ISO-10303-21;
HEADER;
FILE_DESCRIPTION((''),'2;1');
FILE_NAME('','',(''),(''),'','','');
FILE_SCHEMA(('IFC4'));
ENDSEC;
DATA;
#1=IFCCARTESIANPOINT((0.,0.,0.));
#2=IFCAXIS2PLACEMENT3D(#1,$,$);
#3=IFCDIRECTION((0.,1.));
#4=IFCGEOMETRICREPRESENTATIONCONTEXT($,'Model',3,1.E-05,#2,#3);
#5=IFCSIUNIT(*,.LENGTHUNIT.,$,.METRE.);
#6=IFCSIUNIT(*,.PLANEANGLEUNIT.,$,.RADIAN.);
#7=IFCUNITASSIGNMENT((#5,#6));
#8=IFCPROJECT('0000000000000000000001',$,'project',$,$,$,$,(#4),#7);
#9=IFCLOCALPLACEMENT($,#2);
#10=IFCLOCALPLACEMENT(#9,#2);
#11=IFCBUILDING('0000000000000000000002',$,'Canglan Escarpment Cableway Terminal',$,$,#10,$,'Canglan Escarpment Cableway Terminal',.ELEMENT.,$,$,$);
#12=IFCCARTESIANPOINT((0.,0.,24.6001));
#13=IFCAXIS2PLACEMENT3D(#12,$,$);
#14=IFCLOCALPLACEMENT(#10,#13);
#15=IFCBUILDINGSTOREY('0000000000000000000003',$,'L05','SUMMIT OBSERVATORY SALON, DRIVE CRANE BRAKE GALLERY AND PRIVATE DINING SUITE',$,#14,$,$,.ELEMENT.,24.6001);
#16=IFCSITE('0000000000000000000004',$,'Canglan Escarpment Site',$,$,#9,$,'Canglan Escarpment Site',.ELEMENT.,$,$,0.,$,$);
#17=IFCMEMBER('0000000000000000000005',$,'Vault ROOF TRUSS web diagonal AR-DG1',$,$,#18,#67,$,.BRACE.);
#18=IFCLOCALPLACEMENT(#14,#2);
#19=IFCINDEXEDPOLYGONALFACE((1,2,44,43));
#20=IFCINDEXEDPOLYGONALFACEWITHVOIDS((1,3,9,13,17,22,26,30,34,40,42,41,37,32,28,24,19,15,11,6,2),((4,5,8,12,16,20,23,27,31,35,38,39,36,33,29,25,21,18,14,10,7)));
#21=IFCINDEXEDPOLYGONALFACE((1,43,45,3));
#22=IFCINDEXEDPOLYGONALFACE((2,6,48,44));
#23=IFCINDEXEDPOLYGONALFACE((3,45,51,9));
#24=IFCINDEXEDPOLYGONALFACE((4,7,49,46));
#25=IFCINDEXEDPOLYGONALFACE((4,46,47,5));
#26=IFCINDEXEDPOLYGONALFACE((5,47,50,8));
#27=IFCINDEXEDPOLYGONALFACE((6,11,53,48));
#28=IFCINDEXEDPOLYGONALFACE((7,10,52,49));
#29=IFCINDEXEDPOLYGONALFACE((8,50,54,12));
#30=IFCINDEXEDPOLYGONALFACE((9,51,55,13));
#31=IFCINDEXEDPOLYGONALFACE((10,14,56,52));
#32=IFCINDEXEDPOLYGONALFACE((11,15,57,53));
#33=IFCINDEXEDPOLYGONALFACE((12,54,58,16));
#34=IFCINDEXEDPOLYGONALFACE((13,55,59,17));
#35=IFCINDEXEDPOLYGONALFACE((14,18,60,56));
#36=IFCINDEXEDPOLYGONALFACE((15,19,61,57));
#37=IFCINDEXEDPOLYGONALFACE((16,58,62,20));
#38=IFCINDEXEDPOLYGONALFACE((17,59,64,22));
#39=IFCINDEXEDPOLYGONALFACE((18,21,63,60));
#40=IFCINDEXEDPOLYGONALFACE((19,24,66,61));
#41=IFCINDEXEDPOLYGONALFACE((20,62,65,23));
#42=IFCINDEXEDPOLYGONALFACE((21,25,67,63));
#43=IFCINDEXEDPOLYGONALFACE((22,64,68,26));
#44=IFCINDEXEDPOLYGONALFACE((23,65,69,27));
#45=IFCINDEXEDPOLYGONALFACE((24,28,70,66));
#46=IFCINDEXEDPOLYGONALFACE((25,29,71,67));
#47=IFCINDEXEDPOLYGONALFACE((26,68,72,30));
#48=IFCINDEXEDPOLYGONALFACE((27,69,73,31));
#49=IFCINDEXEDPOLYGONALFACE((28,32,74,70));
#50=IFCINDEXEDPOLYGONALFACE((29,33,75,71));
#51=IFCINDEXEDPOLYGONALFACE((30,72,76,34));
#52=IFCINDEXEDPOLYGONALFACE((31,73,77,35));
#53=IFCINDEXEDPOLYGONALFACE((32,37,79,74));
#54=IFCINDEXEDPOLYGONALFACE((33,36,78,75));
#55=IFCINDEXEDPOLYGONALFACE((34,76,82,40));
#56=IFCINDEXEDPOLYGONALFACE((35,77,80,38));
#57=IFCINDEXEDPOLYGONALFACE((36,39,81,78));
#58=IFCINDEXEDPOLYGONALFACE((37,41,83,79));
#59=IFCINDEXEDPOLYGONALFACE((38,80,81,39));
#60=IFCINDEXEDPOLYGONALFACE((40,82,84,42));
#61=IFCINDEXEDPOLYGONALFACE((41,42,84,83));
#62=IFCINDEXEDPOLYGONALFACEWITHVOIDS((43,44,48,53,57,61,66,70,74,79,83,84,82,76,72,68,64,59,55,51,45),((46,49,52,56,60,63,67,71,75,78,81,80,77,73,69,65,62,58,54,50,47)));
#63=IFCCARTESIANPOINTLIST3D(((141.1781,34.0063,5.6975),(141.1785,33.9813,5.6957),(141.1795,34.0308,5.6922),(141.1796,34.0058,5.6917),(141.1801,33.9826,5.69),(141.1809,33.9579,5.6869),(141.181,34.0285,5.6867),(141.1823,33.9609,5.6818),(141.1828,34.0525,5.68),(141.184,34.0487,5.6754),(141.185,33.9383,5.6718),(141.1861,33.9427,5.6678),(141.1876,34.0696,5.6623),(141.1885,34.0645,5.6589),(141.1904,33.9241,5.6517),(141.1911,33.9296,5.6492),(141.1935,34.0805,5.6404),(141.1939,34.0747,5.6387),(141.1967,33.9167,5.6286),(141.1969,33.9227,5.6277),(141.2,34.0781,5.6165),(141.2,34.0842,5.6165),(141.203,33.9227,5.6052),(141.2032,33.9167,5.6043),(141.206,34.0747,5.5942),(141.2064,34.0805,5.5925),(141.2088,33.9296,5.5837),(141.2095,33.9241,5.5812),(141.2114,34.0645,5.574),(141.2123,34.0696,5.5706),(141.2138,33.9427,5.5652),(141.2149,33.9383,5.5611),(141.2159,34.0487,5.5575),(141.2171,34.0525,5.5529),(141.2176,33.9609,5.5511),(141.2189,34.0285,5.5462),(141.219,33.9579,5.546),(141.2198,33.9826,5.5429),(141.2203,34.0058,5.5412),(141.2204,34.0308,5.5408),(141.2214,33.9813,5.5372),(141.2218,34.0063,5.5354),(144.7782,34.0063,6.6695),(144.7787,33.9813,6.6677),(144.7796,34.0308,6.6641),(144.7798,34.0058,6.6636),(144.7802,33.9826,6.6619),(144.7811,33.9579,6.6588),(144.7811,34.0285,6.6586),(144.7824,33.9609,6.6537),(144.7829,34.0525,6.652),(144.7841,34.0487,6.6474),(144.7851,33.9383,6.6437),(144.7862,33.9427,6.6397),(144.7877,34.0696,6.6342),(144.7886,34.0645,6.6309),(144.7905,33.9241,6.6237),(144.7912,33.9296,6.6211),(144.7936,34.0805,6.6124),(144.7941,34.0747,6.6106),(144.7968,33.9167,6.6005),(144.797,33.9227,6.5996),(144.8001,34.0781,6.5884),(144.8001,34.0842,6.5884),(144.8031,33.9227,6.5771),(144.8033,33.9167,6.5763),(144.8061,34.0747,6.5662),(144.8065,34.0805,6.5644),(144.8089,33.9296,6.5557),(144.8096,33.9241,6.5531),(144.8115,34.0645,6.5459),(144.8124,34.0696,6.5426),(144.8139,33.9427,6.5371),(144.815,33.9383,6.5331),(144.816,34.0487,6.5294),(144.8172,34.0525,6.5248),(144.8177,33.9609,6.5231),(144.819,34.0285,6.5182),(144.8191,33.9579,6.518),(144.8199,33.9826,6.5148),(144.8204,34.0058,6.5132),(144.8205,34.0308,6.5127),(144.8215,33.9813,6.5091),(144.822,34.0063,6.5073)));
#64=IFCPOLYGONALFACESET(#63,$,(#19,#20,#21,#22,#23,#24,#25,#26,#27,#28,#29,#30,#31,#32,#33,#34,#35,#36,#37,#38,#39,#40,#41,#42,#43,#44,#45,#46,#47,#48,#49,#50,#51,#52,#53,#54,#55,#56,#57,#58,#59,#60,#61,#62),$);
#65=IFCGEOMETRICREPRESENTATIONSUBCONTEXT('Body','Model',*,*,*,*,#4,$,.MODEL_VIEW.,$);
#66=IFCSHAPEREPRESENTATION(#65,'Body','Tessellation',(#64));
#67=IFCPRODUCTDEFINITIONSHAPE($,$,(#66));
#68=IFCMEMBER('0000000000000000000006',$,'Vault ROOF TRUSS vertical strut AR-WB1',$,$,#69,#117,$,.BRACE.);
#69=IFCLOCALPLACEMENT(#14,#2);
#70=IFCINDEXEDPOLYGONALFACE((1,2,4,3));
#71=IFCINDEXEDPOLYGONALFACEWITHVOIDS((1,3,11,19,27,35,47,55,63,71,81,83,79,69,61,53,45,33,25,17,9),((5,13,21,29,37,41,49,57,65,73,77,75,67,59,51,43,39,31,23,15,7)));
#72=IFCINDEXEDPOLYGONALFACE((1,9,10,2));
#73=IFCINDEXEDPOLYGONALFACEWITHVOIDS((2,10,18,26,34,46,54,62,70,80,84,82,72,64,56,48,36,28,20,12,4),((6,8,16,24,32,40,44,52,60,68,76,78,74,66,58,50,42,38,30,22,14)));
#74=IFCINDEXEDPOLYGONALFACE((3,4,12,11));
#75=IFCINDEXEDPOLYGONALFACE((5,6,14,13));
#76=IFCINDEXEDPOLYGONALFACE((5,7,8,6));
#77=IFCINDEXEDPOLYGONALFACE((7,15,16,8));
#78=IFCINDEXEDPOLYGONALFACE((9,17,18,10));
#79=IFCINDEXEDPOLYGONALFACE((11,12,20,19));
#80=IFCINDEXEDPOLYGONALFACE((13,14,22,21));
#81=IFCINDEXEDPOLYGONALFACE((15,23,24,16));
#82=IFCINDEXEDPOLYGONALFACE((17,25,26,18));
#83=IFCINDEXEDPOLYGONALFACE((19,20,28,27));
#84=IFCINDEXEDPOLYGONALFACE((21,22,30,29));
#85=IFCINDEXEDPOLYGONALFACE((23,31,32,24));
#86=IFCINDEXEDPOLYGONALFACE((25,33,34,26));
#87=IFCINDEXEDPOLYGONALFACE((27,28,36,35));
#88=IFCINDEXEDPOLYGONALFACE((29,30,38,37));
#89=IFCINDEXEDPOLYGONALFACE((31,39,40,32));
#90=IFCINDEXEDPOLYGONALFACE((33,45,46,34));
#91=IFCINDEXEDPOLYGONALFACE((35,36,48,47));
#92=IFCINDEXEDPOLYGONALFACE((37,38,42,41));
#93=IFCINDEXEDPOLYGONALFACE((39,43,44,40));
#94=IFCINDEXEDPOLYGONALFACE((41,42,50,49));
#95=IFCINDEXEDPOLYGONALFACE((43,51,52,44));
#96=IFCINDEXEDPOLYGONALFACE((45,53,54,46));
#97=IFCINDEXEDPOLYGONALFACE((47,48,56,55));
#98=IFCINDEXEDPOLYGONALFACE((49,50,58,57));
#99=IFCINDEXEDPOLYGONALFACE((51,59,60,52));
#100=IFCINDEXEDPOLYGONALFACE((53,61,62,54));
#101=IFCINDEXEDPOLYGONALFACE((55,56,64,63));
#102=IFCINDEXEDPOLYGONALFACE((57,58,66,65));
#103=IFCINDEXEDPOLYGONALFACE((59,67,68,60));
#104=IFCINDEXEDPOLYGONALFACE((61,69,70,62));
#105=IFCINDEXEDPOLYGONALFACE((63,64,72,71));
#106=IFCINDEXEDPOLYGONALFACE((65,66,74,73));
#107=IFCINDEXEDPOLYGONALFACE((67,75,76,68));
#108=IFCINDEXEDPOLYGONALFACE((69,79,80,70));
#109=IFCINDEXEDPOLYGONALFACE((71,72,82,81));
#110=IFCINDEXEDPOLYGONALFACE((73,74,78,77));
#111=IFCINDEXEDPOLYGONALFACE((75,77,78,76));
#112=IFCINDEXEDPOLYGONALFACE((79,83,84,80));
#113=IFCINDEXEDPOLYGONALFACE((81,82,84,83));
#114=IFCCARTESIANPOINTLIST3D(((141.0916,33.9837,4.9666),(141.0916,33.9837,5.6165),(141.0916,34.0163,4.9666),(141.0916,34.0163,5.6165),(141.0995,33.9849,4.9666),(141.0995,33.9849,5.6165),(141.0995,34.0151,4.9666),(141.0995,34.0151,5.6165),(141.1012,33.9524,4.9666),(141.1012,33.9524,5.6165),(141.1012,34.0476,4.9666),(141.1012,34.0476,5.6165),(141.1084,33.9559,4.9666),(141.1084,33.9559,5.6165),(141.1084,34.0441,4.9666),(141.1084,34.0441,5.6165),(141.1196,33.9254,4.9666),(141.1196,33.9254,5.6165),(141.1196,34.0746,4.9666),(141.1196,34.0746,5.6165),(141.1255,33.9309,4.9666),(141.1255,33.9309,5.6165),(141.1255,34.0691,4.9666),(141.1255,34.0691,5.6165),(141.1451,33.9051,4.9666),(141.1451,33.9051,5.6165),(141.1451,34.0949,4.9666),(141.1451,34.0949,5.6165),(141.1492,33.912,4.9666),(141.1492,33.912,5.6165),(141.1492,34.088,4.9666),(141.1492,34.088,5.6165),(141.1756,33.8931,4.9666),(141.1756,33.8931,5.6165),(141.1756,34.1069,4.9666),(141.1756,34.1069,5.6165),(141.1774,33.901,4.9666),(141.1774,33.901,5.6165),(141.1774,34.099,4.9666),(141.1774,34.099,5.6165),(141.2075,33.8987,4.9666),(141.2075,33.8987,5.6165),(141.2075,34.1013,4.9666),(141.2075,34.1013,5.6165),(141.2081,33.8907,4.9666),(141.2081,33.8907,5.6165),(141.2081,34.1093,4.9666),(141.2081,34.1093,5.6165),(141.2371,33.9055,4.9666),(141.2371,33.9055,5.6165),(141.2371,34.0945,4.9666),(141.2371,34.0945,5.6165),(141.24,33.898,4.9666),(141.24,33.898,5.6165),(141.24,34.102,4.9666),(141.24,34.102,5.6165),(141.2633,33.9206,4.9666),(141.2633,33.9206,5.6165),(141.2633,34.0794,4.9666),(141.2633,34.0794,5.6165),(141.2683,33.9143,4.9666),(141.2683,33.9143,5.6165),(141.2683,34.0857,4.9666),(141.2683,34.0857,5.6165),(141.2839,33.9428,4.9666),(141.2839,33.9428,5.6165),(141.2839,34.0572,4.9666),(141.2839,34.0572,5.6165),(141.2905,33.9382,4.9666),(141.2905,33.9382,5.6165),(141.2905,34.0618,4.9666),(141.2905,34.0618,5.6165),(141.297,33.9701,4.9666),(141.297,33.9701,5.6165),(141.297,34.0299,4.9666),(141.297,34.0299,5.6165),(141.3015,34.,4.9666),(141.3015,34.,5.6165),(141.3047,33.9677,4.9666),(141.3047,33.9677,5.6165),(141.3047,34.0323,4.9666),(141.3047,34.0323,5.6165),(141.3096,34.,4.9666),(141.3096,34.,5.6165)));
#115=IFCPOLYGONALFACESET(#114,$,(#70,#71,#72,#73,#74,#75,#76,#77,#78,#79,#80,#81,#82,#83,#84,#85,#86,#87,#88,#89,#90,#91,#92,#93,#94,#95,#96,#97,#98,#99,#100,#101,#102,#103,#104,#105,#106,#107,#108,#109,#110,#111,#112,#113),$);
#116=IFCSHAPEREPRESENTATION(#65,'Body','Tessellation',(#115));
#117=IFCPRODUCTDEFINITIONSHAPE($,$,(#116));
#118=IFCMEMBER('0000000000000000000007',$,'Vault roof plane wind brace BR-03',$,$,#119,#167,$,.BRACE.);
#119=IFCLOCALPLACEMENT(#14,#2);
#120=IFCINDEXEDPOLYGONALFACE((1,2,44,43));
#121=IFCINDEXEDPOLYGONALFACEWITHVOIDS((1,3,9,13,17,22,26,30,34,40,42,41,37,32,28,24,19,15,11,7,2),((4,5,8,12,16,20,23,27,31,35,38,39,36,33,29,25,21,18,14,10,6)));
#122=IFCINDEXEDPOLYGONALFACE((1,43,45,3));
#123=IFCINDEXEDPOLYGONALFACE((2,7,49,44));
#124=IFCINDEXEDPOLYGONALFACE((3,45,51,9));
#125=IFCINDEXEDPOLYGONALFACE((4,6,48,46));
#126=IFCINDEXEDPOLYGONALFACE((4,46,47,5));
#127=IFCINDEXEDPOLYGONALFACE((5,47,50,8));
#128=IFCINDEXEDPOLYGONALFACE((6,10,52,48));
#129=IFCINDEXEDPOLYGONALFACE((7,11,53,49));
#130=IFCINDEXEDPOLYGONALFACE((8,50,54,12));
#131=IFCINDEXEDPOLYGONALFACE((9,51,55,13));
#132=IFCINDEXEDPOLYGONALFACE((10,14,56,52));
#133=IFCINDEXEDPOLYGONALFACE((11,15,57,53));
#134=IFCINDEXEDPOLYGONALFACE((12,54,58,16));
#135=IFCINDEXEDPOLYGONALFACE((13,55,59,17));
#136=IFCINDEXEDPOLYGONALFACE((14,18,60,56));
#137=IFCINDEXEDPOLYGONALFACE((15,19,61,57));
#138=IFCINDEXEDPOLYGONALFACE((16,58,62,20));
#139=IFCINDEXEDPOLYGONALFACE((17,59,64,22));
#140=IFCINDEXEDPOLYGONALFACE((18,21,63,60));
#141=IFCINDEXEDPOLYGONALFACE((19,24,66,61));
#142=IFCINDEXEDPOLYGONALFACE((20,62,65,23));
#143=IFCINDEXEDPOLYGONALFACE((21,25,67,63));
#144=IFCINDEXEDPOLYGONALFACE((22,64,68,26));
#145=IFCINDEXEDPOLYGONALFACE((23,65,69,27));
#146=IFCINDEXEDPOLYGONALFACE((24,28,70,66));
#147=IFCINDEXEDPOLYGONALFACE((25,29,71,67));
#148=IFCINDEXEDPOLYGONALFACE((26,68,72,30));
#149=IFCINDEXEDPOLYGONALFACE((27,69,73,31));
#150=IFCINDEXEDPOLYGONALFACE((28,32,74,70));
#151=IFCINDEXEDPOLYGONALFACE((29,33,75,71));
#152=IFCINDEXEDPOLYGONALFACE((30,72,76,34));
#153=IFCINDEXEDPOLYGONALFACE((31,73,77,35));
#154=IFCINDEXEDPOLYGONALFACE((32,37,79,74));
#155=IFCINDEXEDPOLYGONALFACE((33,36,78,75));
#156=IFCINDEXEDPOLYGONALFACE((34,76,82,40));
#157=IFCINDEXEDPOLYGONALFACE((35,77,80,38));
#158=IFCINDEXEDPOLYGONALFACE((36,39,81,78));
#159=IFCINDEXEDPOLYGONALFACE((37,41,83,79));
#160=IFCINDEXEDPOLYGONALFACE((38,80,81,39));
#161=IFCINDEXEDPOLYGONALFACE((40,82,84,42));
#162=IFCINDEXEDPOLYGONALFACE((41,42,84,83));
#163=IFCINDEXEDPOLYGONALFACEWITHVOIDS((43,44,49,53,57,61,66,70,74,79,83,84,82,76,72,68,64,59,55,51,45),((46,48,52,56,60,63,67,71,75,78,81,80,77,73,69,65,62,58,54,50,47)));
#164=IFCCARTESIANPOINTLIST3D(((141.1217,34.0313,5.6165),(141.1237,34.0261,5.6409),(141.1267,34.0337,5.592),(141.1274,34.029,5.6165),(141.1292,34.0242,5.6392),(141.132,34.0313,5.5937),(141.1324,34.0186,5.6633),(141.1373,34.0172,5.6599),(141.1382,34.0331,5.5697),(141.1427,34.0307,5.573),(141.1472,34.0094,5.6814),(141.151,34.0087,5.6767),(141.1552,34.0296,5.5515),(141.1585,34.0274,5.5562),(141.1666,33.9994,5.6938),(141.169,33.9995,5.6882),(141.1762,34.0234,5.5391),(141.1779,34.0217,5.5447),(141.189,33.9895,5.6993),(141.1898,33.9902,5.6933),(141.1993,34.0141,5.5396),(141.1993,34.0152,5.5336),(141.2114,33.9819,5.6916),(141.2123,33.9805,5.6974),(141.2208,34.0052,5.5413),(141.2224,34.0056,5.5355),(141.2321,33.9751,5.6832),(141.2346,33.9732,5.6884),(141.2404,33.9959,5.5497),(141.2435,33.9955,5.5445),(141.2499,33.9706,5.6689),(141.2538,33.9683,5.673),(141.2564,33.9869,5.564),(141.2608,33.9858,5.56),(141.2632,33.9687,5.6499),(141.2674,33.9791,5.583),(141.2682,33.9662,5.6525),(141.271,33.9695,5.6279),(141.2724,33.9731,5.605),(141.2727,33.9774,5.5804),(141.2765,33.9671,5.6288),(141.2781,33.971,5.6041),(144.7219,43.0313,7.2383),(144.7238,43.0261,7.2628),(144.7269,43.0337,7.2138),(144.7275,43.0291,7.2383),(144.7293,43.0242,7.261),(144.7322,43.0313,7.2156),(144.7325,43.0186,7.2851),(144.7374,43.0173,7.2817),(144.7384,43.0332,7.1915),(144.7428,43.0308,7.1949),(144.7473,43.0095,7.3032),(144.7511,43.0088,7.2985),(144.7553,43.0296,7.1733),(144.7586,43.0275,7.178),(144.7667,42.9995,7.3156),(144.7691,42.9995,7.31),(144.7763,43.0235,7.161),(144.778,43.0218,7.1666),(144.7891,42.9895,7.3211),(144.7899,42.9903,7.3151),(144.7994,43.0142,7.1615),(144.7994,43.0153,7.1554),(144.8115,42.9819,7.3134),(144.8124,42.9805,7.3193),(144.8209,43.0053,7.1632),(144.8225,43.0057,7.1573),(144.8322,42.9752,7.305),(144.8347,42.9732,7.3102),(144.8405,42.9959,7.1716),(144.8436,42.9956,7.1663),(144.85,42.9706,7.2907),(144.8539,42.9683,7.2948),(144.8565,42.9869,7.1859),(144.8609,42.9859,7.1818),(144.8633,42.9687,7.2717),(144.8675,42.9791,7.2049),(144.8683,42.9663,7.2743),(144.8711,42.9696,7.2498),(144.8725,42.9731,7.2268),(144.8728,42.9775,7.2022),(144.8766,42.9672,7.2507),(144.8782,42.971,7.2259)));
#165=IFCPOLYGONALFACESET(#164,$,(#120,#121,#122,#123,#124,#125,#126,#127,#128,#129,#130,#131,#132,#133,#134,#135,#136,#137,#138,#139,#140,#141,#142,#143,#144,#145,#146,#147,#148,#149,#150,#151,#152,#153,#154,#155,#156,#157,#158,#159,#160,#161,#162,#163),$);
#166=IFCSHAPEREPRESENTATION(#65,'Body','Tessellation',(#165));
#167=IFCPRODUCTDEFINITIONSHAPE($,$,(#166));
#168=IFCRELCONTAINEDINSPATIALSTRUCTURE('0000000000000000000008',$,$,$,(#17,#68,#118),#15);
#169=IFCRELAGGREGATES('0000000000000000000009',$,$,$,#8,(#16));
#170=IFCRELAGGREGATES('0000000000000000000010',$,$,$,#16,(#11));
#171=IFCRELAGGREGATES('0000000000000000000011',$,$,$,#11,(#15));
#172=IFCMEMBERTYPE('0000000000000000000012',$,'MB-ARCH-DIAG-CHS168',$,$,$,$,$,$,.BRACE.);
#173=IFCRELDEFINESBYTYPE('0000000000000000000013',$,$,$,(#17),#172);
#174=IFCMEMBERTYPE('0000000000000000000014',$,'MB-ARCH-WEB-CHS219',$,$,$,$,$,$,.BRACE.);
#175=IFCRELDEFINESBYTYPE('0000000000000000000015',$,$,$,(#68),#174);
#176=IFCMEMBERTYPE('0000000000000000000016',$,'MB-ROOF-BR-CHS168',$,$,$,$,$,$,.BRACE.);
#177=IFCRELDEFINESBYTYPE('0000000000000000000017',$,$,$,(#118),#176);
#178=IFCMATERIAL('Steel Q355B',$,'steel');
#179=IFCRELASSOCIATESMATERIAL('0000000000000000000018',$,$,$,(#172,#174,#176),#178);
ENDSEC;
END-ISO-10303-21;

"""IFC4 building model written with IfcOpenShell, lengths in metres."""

from ifc_helpers import new_model, si_unit, direction, frame, origin, origin_2d, place, context, subcontext, project, spatial, hollow_circle, extrude, material, material_profile, profile_set, type_object, element, save


model = new_model("IFC4")

# Units and contexts
model_context = context("Model", 3, precision=1e-05, world=origin(), true_north=direction((0.0, 1.0)))
body_context = subcontext(model_context, "Body", "Model", "MODEL_VIEW")
ifc_project = project(units=[si_unit("LENGTHUNIT", "METRE"), si_unit("PLANEANGLEUNIT", "RADIAN")], contexts=[model_context])

# Site, building, storey
site_placement = place(None, origin())
site = spatial("IfcSite", under=ifc_project, at=site_placement, Name="Canglan Escarpment Site", LongName="Canglan Escarpment Site", CompositionType="ELEMENT", RefElevation=0.0)
building_placement = place(site_placement, origin())
building = spatial("IfcBuilding", under=site, at=building_placement, Name="Canglan Escarpment Cableway Terminal", LongName="Canglan Escarpment Cableway Terminal", CompositionType="ELEMENT")
storey_placement = place(building_placement, frame((0.0, 0.0, 24.6001)))
storey = spatial("IfcBuildingStorey", under=building, at=storey_placement, Name="L05", Description="SUMMIT OBSERVATORY SALON, DRIVE CRANE BRAKE GALLERY AND PRIVATE DINING SUITE", CompositionType="ELEMENT", Elevation=24.6001)

# Shared definitions
ifc_material_1 = material(Name="Steel Q355B", Category="steel")

# Members
ifc_material_profile_1 = material_profile(ifc_material_1, hollow_circle(Radius=0.0842, WallThickness=0.0061, at=origin_2d()), Name="CHS 168.3x6")
ifc_profile_set_1 = profile_set([ifc_material_profile_1], Name="Steel Q355B")
member_type_1 = type_object("IfcMemberType", Name="MB-ARCH-DIAG-CHS168", PredefinedType="BRACE", material=ifc_profile_set_1)
member_1_placement = place(storey_placement, frame((141.2, 34.0, 5.6165), z_axis=(0.965436, 0.0, 0.26064), x_axis=(0.0, 1.0, 0.0)))
element("IfcMember", 1, at=member_1_placement, inside=storey, type_object=member_type_1, Name="Vault ROOF TRUSS web diagonal AR-DG1", PredefinedType="BRACE", context=body_context, shape_type="SweptSolid", body=[
    extrude(hollow_circle(Radius=0.0842, WallThickness=0.0061, at=origin_2d()), origin(), (0.0, 0.0, 1.0), 3.729),
])
ifc_material_profile_2 = material_profile(ifc_material_1, hollow_circle(Radius=0.1096, WallThickness=0.0081, at=origin_2d()), Name="CHS 219.1x8")
ifc_profile_set_2 = profile_set([ifc_material_profile_2], Name="Steel Q355B")
member_type_2 = type_object("IfcMemberType", Name="MB-ARCH-WEB-CHS219", PredefinedType="BRACE", material=ifc_profile_set_2)
member_2_placement = place(storey_placement, frame((141.2, 34.0, 4.9666), z_axis=(0.0, 0.0, 1.0), x_axis=(1.0, 0.0, 0.0)))
element("IfcMember", 2, at=member_2_placement, inside=storey, type_object=member_type_2, Name="Vault ROOF TRUSS vertical strut AR-WB1", PredefinedType="BRACE", context=body_context, shape_type="SweptSolid", body=[
    extrude(hollow_circle(Radius=0.1096, WallThickness=0.0081, at=origin_2d()), origin(), (0.0, 0.0, 1.0), 0.6499),
])
ifc_material_profile_3 = material_profile(ifc_material_1, hollow_circle(Radius=0.0842, WallThickness=0.0061, at=origin_2d()), Name="CHS 168.3x6")
ifc_profile_set_3 = profile_set([ifc_material_profile_3], Name="Steel Q355B")
member_type_3 = type_object("IfcMemberType", Name="MB-ROOF-BR-CHS168", PredefinedType="BRACE", material=ifc_profile_set_3)
member_3_placement = place(storey_placement, frame((141.2, 34.0, 5.6165), z_axis=(0.366308, 0.915744, 0.16502), x_axis=(-0.928473, 0.371399, 0.0)))
element("IfcMember", 3, at=member_3_placement, inside=storey, type_object=member_type_3, Name="Vault roof plane wind brace BR-03", PredefinedType="BRACE", context=body_context, shape_type="SweptSolid", body=[
    extrude(hollow_circle(Radius=0.0842, WallThickness=0.0061, at=origin_2d()), origin(), (0.0, 0.0, 1.0), 9.8281),
])

save(model, "model.ifc")
